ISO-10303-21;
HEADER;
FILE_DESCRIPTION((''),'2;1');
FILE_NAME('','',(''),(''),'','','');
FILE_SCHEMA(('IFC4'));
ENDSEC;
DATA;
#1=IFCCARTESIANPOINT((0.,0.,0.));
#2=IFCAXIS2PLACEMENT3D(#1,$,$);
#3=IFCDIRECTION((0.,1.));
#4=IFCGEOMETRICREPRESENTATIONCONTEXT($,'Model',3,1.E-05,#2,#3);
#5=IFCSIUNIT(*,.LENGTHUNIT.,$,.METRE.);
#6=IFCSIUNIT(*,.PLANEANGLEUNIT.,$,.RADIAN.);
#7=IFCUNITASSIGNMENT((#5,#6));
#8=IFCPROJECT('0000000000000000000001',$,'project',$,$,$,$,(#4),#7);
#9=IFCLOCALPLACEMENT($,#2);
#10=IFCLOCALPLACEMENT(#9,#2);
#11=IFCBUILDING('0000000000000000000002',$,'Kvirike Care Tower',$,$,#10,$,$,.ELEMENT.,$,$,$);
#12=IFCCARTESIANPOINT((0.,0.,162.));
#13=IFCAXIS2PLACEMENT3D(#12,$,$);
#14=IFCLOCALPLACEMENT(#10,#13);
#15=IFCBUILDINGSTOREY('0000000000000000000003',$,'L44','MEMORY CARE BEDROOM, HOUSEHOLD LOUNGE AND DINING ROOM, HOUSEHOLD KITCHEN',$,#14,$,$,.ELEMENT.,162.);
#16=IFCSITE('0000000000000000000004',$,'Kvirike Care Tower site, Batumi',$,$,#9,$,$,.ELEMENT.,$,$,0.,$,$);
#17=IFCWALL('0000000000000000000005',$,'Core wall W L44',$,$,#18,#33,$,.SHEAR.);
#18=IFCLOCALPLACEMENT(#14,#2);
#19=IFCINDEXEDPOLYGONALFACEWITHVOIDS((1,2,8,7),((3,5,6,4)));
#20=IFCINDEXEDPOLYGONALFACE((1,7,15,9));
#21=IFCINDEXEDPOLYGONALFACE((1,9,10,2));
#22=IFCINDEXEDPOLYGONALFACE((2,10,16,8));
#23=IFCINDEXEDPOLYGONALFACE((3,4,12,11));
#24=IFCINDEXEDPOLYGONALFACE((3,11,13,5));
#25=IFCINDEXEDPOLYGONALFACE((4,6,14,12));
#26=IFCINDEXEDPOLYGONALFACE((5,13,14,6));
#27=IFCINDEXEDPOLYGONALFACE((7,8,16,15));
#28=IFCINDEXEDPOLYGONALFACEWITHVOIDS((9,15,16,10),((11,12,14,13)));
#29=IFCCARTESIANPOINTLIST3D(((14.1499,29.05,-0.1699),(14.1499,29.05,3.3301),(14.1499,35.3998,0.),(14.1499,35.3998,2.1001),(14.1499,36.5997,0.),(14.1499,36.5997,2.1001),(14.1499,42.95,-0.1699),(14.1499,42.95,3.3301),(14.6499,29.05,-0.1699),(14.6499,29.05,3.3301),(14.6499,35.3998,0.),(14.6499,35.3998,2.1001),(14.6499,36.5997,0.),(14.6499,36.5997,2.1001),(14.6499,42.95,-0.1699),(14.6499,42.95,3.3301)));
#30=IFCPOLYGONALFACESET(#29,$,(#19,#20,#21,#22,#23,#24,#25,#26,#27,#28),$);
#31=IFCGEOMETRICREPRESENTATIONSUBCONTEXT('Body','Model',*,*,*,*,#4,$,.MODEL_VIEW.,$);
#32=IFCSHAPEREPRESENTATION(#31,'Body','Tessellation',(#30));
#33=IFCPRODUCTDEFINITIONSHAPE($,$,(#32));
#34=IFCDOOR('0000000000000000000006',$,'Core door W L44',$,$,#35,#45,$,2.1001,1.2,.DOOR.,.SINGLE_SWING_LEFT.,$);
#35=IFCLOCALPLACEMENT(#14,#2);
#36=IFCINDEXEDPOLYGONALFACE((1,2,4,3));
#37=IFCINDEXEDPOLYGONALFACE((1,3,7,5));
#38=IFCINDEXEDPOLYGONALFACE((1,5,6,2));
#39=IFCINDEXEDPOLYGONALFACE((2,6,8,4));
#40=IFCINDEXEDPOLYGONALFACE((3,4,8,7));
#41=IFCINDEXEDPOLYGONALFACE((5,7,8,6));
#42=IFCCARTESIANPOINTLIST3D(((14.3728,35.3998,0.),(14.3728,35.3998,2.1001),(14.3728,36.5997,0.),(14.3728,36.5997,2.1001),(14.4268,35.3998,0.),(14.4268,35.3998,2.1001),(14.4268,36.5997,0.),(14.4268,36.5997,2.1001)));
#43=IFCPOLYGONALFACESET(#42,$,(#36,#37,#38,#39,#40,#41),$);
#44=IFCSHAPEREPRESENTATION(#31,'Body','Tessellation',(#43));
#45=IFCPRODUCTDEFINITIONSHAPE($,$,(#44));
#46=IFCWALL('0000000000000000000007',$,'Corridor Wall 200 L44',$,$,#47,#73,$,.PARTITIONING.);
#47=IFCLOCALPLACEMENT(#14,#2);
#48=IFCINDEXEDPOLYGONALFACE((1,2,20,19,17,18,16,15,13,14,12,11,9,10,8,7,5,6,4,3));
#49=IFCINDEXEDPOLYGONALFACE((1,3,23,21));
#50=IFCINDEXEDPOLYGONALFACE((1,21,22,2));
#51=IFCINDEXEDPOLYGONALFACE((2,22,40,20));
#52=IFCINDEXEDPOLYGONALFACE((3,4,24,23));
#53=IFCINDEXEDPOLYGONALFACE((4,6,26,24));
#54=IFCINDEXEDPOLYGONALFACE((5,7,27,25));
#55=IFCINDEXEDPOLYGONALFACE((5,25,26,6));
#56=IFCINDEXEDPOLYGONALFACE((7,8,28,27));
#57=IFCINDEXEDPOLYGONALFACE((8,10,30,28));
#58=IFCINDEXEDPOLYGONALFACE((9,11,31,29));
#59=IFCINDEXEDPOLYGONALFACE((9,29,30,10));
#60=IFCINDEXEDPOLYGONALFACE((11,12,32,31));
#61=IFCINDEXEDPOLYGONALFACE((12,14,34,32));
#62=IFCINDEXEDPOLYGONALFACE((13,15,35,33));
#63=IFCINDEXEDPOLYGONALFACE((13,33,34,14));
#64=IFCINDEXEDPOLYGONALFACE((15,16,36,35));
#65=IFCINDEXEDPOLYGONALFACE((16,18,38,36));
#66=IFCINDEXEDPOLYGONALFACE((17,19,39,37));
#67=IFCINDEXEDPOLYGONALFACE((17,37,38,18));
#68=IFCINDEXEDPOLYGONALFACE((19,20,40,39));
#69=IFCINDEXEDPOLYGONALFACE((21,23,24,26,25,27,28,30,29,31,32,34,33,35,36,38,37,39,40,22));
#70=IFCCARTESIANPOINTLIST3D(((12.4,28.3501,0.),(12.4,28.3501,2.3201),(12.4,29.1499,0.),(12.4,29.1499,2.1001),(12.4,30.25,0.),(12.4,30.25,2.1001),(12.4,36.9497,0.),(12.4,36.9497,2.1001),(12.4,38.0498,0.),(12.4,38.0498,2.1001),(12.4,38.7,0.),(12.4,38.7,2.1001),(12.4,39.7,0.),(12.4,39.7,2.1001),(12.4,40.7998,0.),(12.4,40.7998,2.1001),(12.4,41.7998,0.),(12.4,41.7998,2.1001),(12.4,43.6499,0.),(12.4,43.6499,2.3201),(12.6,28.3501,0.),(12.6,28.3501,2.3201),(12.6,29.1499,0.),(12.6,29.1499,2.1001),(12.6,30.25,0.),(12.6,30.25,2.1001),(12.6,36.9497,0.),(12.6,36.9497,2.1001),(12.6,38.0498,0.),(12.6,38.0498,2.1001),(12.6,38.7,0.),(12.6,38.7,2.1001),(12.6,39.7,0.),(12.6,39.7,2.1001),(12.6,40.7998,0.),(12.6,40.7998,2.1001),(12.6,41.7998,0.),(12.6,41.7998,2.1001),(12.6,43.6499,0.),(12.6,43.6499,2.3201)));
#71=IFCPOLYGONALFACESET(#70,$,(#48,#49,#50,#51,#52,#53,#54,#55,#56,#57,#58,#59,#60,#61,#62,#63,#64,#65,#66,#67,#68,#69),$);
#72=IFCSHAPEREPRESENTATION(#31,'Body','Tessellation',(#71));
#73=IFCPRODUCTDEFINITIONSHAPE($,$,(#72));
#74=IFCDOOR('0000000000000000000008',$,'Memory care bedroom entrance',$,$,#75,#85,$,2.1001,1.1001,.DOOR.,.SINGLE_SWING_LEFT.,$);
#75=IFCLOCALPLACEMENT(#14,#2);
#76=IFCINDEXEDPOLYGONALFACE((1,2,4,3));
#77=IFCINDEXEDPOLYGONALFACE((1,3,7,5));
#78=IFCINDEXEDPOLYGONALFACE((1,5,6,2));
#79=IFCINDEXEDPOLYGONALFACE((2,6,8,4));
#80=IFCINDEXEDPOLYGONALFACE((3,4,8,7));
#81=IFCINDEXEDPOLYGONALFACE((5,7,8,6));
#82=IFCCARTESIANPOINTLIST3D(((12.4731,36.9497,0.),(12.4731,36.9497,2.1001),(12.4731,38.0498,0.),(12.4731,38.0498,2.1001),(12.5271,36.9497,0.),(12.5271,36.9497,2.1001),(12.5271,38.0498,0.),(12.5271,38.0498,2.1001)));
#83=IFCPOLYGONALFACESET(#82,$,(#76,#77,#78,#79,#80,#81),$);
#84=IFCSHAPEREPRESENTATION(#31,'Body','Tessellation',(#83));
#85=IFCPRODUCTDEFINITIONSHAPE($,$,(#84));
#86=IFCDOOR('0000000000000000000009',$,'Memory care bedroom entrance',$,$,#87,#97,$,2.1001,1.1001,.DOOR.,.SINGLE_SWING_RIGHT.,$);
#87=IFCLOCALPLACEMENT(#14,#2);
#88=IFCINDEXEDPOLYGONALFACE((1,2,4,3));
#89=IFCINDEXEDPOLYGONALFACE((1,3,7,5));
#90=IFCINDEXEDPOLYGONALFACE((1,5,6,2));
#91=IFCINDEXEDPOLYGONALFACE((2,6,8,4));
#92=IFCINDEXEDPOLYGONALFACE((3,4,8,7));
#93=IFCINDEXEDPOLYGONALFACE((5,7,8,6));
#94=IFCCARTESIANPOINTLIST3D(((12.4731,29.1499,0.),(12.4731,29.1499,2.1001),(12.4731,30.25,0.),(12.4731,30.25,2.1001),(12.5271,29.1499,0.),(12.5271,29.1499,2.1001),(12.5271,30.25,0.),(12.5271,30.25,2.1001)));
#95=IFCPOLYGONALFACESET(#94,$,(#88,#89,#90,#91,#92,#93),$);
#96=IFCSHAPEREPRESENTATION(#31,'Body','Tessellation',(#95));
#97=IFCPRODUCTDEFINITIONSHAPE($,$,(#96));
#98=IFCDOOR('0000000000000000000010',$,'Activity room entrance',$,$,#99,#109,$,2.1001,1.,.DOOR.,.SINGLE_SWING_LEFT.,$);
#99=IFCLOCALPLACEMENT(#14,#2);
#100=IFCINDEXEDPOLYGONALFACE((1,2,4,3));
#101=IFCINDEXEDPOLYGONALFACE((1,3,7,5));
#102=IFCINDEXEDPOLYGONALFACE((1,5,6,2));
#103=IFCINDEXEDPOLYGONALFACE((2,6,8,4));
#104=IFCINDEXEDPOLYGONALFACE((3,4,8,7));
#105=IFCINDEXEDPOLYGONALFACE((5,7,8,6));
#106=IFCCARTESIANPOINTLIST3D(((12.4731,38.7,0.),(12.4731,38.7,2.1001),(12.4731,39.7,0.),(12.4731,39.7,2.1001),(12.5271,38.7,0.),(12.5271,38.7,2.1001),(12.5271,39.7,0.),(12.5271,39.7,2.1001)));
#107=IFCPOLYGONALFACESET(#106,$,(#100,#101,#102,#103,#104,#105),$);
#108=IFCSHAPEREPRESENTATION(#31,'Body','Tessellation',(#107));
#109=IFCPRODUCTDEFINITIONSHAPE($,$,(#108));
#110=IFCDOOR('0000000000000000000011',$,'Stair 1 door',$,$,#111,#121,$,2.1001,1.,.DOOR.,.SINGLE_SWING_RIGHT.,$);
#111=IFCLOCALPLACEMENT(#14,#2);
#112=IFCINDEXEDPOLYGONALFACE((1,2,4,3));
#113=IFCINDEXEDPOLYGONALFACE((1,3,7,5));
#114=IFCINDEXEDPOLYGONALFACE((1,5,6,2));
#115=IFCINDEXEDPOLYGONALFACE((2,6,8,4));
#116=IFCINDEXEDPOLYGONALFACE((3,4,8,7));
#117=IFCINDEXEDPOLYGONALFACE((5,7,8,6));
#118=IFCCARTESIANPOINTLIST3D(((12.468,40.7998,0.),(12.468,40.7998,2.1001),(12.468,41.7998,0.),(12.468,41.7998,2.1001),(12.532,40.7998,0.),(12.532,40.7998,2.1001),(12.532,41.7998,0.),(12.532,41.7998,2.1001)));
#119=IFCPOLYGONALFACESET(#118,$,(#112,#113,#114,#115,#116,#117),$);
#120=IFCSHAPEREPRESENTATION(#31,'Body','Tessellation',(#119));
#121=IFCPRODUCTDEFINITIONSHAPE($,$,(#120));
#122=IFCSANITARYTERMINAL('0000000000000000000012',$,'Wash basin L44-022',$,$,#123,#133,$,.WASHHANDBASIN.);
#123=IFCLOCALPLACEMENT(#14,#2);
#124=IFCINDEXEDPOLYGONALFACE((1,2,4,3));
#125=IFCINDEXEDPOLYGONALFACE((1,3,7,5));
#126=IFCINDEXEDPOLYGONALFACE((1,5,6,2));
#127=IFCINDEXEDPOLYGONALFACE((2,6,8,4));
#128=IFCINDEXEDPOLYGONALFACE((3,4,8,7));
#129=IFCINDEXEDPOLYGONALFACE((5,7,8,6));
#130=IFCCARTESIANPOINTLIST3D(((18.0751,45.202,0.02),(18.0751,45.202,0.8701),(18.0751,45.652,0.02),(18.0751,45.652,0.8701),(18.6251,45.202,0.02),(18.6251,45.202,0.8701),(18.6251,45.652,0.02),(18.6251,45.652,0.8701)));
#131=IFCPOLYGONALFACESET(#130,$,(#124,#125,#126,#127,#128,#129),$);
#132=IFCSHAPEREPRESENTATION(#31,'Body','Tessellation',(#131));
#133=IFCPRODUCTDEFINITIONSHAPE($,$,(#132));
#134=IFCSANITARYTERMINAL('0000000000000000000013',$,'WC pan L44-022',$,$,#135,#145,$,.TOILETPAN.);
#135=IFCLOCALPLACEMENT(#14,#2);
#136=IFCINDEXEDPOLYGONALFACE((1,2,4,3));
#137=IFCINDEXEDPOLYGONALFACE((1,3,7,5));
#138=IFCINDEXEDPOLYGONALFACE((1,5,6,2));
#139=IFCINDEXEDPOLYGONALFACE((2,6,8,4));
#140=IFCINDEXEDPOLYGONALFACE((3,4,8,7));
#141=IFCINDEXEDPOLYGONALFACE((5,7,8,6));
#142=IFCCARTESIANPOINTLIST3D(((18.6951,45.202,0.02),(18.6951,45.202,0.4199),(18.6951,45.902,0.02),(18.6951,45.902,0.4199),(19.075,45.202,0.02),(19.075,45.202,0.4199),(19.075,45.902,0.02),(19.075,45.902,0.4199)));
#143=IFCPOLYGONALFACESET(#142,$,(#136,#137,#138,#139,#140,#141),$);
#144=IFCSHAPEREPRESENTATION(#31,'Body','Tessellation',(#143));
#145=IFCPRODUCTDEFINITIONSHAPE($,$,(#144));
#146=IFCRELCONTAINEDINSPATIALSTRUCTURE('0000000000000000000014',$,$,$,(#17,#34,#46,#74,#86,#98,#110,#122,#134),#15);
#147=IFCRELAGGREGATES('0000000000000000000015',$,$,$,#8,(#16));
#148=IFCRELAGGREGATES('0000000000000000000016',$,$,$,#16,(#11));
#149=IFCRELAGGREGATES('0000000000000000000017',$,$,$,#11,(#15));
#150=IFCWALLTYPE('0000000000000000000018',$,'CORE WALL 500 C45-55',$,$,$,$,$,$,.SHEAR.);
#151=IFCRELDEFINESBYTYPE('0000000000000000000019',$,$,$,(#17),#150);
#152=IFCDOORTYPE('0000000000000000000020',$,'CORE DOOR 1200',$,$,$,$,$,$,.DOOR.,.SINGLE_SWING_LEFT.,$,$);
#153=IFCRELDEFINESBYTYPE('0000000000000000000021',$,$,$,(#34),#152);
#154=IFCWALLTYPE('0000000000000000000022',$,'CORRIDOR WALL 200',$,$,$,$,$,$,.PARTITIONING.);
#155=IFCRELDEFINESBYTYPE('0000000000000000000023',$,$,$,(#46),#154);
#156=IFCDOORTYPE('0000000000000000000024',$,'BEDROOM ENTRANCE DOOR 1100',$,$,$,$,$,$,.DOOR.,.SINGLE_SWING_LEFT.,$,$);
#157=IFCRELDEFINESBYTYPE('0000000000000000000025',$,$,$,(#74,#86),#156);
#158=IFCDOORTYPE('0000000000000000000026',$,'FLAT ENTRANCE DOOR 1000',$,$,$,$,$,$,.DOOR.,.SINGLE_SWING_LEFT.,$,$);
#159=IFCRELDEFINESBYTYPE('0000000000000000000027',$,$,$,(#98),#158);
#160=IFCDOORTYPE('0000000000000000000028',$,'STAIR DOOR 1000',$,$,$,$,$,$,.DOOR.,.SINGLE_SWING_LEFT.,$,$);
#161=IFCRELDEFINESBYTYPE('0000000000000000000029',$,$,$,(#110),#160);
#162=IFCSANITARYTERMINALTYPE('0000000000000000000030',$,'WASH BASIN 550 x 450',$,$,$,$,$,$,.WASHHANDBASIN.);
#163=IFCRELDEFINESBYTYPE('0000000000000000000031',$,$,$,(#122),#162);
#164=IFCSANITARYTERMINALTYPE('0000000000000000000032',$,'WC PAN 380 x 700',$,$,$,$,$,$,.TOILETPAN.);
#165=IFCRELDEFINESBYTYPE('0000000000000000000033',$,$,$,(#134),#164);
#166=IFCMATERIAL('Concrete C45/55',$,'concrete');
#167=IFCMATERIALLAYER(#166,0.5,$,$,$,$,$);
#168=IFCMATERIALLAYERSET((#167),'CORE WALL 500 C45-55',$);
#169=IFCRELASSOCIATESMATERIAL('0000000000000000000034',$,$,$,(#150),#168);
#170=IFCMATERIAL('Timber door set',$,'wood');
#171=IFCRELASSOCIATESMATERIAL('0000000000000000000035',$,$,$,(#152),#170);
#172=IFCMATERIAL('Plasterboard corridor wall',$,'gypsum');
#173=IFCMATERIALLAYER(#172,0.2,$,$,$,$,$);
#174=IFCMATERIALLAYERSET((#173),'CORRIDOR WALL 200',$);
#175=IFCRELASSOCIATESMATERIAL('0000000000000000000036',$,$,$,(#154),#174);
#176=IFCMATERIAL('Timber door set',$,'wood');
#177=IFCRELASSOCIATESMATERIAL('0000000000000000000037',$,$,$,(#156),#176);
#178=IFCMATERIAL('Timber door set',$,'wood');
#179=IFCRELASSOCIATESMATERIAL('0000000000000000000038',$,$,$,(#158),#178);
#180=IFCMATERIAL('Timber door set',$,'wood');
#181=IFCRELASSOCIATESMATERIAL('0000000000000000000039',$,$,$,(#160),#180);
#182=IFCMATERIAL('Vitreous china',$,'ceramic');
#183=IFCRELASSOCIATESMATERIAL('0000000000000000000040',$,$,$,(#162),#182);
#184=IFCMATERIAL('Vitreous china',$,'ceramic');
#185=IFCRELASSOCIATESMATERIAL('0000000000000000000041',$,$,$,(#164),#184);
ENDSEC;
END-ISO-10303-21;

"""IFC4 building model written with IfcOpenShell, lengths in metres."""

from ifc_helpers import new_model, si_unit, direction, frame, frame_2d, origin, origin_2d, place, context, subcontext, project, spatial, rectangle, extrude, material, layer, layer_set, type_object, element, fill, save


model = new_model("IFC4")

# Units and contexts
model_context = context("Model", 3, precision=1e-05, world=origin(), true_north=direction((0.0, 1.0)))
body_context = subcontext(model_context, "Body", "Model", "MODEL_VIEW")
ifc_project = project(units=[si_unit("LENGTHUNIT", "METRE"), si_unit("PLANEANGLEUNIT", "RADIAN")], contexts=[model_context])

# Site, building, storey
site_placement = place(None, origin())
site = spatial("IfcSite", under=ifc_project, at=site_placement, Name="Kvirike Care Tower site, Batumi", CompositionType="ELEMENT", RefElevation=0.0)
building_placement = place(site_placement, origin())
building = spatial("IfcBuilding", under=site, at=building_placement, Name="Kvirike Care Tower", CompositionType="ELEMENT")
storey_placement = place(building_placement, frame((0.0, 0.0, 162.0)))
storey = spatial("IfcBuildingStorey", under=building, at=storey_placement, Name="L44", Description="MEMORY CARE BEDROOM, HOUSEHOLD LOUNGE AND DINING ROOM, HOUSEHOLD KITCHEN", CompositionType="ELEMENT", Elevation=162.0)

# Wall, opening, door
ifc_material_1 = material(Name="Concrete C45/55", Category="concrete")
ifc_layer_1 = layer(ifc_material_1, 0.5)
ifc_layer_set_1 = layer_set([ifc_layer_1], Name="CORE WALL 500 C45-55")
wall_type_1 = type_object("IfcWallType", Name="CORE WALL 500 C45-55", PredefinedType="SHEAR", material=ifc_layer_set_1)
wall_1_placement = place(storey_placement, frame((14.3999, 42.95, -0.1699), z_axis=(0.0, 0.0, 1.0), x_axis=(0.0, -1.0, 0.0)))
wall_1 = element("IfcWall", 1, at=wall_1_placement, inside=storey, type_object=wall_type_1, Name="Core wall W L44", PredefinedType="SHEAR", context=body_context, shape_type="SweptSolid", body=[
    extrude(rectangle(XDim=13.8999, YDim=0.5, at=frame_2d((6.95, 0.0))), origin(), (0.0, 0.0, 1.0), 3.5),
])
opening_1_placement = place(wall_1_placement, frame((6.3501, 0.0, 0.1699)))
opening_1 = element("IfcOpeningElement", 2, at=opening_1_placement, cuts=wall_1, PredefinedType="OPENING", context=body_context, shape_type="SweptSolid", body=[
    extrude(rectangle(XDim=1.2, YDim=2.1001, at=frame_2d((0.6001, 1.05))), frame((0.0, 0.2605, 0.0), z_axis=(0.0, -1.0, 0.0), x_axis=(1.0, 0.0, 0.0)), (0.0, 0.0, 1.0), 0.521),
])
ifc_material_2 = material(Name="Timber door set", Category="wood")
door_type_1 = type_object("IfcDoorType", Name="CORE DOOR 1200", OperationType="SINGLE_SWING_LEFT", PredefinedType="DOOR", material=ifc_material_2)
door_1_placement = place(opening_1_placement, origin())
door_1 = element("IfcDoor", 3, at=door_1_placement, inside=storey, type_object=door_type_1, Name="Core door W L44", OperationType="SINGLE_SWING_LEFT", OverallHeight=2.1001, OverallWidth=1.2, PredefinedType="DOOR", context=body_context, shape_type="SweptSolid", body=[
    extrude(rectangle(XDim=1.2, YDim=2.1001, at=frame_2d((0.6001, 1.05))), frame((0.0, 0.0269, 0.0), z_axis=(0.0, -1.0, 0.0), x_axis=(1.0, 0.0, 0.0)), (0.0, 0.0, 1.0), 0.054),
])
fill(opening_1, door_1)

# Wall, openings, doors
ifc_material_3 = material(Name="Plasterboard corridor wall", Category="gypsum")
ifc_layer_2 = layer(ifc_material_3, 0.2)
ifc_layer_set_2 = layer_set([ifc_layer_2], Name="CORRIDOR WALL 200")
wall_type_2 = type_object("IfcWallType", Name="CORRIDOR WALL 200", PredefinedType="PARTITIONING", material=ifc_layer_set_2)
wall_2_placement = place(storey_placement, frame((12.5, 43.6499, 0.0), z_axis=(0.0, 0.0, 1.0), x_axis=(0.0, -1.0, 0.0)))
wall_2 = element("IfcWall", 4, at=wall_2_placement, inside=storey, type_object=wall_type_2, Name="Corridor Wall 200 L44", PredefinedType="PARTITIONING", context=body_context, shape_type="SweptSolid", body=[
    extrude(rectangle(XDim=15.2998, YDim=0.2, at=frame_2d((7.6499, 0.0))), origin(), (0.0, 0.0, 1.0), 2.3201),
])
opening_2_placement = place(wall_2_placement, frame((1.8501, 0.0, 0.0)))
opening_2 = element("IfcOpeningElement", 5, at=opening_2_placement, cuts=wall_2, PredefinedType="OPENING", context=body_context, shape_type="SweptSolid", body=[
    extrude(rectangle(XDim=1.0, YDim=2.1001, at=frame_2d((0.5, 1.05))), frame((0.0, 0.1106, 0.0), z_axis=(0.0, -1.0, 0.0), x_axis=(1.0, 0.0, 0.0)), (0.0, 0.0, 1.0), 0.2209),
])
opening_3_placement = place(wall_2_placement, frame((3.95, 0.0, 0.0)))
opening_3 = element("IfcOpeningElement", 6, at=opening_3_placement, cuts=wall_2, PredefinedType="OPENING", context=body_context, shape_type="SweptSolid", body=[
    extrude(rectangle(XDim=1.0, YDim=2.1001, at=frame_2d((0.5, 1.05))), frame((0.0, 0.1106, 0.0), z_axis=(0.0, -1.0, 0.0), x_axis=(1.0, 0.0, 0.0)), (0.0, 0.0, 1.0), 0.2209),
])
opening_4_placement = place(wall_2_placement, frame((5.6001, 0.0, 0.0)))
opening_4 = element("IfcOpeningElement", 7, at=opening_4_placement, cuts=wall_2, PredefinedType="OPENING", context=body_context, shape_type="SweptSolid", body=[
    extrude(rectangle(XDim=1.1001, YDim=2.1001, at=frame_2d((0.55, 1.05))), frame((0.0, 0.1106, 0.0), z_axis=(0.0, -1.0, 0.0), x_axis=(1.0, 0.0, 0.0)), (0.0, 0.0, 1.0), 0.2209),
])
opening_5_placement = place(wall_2_placement, frame((13.3999, 0.0, 0.0)))
opening_5 = element("IfcOpeningElement", 8, at=opening_5_placement, cuts=wall_2, PredefinedType="OPENING", context=body_context, shape_type="SweptSolid", body=[
    extrude(rectangle(XDim=1.1001, YDim=2.1001, at=frame_2d((0.55, 1.05))), frame((0.0, 0.1106, 0.0), z_axis=(0.0, -1.0, 0.0), x_axis=(1.0, 0.0, 0.0)), (0.0, 0.0, 1.0), 0.2209),
])
ifc_material_4 = material(Name="Timber door set", Category="wood")
door_type_2 = type_object("IfcDoorType", Name="BEDROOM ENTRANCE DOOR 1100", OperationType="SINGLE_SWING_LEFT", PredefinedType="DOOR", material=ifc_material_4)
door_2_placement = place(opening_4_placement, frame((1.1001, 0.0, 0.0), z_axis=(0.0, 0.0, 1.0), x_axis=(-1.0, 0.0, 0.0)))
door_2 = element("IfcDoor", 9, at=door_2_placement, inside=storey, type_object=door_type_2, Name="Memory care bedroom entrance", OperationType="SINGLE_SWING_LEFT", OverallHeight=2.1001, OverallWidth=1.1001, PredefinedType="DOOR", context=body_context, shape_type="SweptSolid", body=[
    extrude(rectangle(XDim=1.1001, YDim=2.1001, at=frame_2d((0.55, 1.05))), frame((0.0, 0.0269, 0.0), z_axis=(0.0, -1.0, 0.0), x_axis=(1.0, 0.0, 0.0)), (0.0, 0.0, 1.0), 0.054),
])
fill(opening_4, door_2)
door_3_placement = place(opening_5_placement, frame((1.1001, 0.0, 0.0), z_axis=(0.0, 0.0, 1.0), x_axis=(-1.0, 0.0, 0.0)))
door_3 = element("IfcDoor", 10, at=door_3_placement, inside=storey, type_object=door_type_2, Name="Memory care bedroom entrance", OperationType="SINGLE_SWING_RIGHT", OverallHeight=2.1001, OverallWidth=1.1001, PredefinedType="DOOR", context=body_context, shape_type="SweptSolid", body=[
    extrude(rectangle(XDim=1.1001, YDim=2.1001, at=frame_2d((0.55, 1.05))), frame((0.0, 0.0269, 0.0), z_axis=(0.0, -1.0, 0.0), x_axis=(1.0, 0.0, 0.0)), (0.0, 0.0, 1.0), 0.054),
])
fill(opening_5, door_3)
ifc_material_5 = material(Name="Timber door set", Category="wood")
door_type_3 = type_object("IfcDoorType", Name="FLAT ENTRANCE DOOR 1000", OperationType="SINGLE_SWING_LEFT", PredefinedType="DOOR", material=ifc_material_5)
door_4_placement = place(opening_3_placement, frame((1.0, 0.0, 0.0), z_axis=(0.0, 0.0, 1.0), x_axis=(-1.0, 0.0, 0.0)))
door_4 = element("IfcDoor", 11, at=door_4_placement, inside=storey, type_object=door_type_3, Name="Activity room entrance", OperationType="SINGLE_SWING_LEFT", OverallHeight=2.1001, OverallWidth=1.0, PredefinedType="DOOR", context=body_context, shape_type="SweptSolid", body=[
    extrude(rectangle(XDim=1.0, YDim=2.1001, at=frame_2d((0.5, 1.05))), frame((0.0, 0.0269, 0.0), z_axis=(0.0, -1.0, 0.0), x_axis=(1.0, 0.0, 0.0)), (0.0, 0.0, 1.0), 0.054),
])
fill(opening_3, door_4)
ifc_material_6 = material(Name="Timber door set", Category="wood")
door_type_4 = type_object("IfcDoorType", Name="STAIR DOOR 1000", OperationType="SINGLE_SWING_LEFT", PredefinedType="DOOR", material=ifc_material_6)
door_5_placement = place(opening_2_placement, frame((1.0, 0.0, 0.0), z_axis=(0.0, 0.0, 1.0), x_axis=(-1.0, 0.0, 0.0)))
door_5 = element("IfcDoor", 12, at=door_5_placement, inside=storey, type_object=door_type_4, Name="Stair 1 door", OperationType="SINGLE_SWING_RIGHT", OverallHeight=2.1001, OverallWidth=1.0, PredefinedType="DOOR", context=body_context, shape_type="SweptSolid", body=[
    extrude(rectangle(XDim=1.0, YDim=2.1001, at=frame_2d((0.5, 1.05))), frame((0.0, 0.032, 0.0), z_axis=(0.0, -1.0, 0.0), x_axis=(1.0, 0.0, 0.0)), (0.0, 0.0, 1.0), 0.064),
])
fill(opening_2, door_5)

# Sanitary terminals
ifc_material_7 = material(Name="Vitreous china", Category="ceramic")
sanitary_terminal_type_1 = type_object("IfcSanitaryTerminalType", Name="WASH BASIN 550 x 450", PredefinedType="WASHHANDBASIN", material=ifc_material_7)
sanitary_terminal_1_placement = place(storey_placement, frame((18.3501, 45.427, 0.02), z_axis=(0.0, 0.0, 1.0), x_axis=(-1.0, 0.0, 0.0)))
element("IfcSanitaryTerminal", 13, at=sanitary_terminal_1_placement, inside=storey, type_object=sanitary_terminal_type_1, Name="Wash basin L44-022", PredefinedType="WASHHANDBASIN", context=body_context, shape_type="SweptSolid", body=[
    extrude(rectangle(XDim=0.55, YDim=0.45, at=origin_2d()), origin(), (0.0, 0.0, 1.0), 0.8501),
])
ifc_material_8 = material(Name="Vitreous china", Category="ceramic")
sanitary_terminal_type_2 = type_object("IfcSanitaryTerminalType", Name="WC PAN 380 x 700", PredefinedType="TOILETPAN", material=ifc_material_8)
sanitary_terminal_2_placement = place(storey_placement, frame((18.885, 45.552, 0.02), z_axis=(0.0, 0.0, 1.0), x_axis=(-1.0, 0.0, 0.0)))
element("IfcSanitaryTerminal", 14, at=sanitary_terminal_2_placement, inside=storey, type_object=sanitary_terminal_type_2, Name="WC pan L44-022", PredefinedType="TOILETPAN", context=body_context, shape_type="SweptSolid", body=[
    extrude(rectangle(XDim=0.3799, YDim=0.7, at=origin_2d()), origin(), (0.0, 0.0, 1.0), 0.3999),
])

save(model, "model.ifc")
